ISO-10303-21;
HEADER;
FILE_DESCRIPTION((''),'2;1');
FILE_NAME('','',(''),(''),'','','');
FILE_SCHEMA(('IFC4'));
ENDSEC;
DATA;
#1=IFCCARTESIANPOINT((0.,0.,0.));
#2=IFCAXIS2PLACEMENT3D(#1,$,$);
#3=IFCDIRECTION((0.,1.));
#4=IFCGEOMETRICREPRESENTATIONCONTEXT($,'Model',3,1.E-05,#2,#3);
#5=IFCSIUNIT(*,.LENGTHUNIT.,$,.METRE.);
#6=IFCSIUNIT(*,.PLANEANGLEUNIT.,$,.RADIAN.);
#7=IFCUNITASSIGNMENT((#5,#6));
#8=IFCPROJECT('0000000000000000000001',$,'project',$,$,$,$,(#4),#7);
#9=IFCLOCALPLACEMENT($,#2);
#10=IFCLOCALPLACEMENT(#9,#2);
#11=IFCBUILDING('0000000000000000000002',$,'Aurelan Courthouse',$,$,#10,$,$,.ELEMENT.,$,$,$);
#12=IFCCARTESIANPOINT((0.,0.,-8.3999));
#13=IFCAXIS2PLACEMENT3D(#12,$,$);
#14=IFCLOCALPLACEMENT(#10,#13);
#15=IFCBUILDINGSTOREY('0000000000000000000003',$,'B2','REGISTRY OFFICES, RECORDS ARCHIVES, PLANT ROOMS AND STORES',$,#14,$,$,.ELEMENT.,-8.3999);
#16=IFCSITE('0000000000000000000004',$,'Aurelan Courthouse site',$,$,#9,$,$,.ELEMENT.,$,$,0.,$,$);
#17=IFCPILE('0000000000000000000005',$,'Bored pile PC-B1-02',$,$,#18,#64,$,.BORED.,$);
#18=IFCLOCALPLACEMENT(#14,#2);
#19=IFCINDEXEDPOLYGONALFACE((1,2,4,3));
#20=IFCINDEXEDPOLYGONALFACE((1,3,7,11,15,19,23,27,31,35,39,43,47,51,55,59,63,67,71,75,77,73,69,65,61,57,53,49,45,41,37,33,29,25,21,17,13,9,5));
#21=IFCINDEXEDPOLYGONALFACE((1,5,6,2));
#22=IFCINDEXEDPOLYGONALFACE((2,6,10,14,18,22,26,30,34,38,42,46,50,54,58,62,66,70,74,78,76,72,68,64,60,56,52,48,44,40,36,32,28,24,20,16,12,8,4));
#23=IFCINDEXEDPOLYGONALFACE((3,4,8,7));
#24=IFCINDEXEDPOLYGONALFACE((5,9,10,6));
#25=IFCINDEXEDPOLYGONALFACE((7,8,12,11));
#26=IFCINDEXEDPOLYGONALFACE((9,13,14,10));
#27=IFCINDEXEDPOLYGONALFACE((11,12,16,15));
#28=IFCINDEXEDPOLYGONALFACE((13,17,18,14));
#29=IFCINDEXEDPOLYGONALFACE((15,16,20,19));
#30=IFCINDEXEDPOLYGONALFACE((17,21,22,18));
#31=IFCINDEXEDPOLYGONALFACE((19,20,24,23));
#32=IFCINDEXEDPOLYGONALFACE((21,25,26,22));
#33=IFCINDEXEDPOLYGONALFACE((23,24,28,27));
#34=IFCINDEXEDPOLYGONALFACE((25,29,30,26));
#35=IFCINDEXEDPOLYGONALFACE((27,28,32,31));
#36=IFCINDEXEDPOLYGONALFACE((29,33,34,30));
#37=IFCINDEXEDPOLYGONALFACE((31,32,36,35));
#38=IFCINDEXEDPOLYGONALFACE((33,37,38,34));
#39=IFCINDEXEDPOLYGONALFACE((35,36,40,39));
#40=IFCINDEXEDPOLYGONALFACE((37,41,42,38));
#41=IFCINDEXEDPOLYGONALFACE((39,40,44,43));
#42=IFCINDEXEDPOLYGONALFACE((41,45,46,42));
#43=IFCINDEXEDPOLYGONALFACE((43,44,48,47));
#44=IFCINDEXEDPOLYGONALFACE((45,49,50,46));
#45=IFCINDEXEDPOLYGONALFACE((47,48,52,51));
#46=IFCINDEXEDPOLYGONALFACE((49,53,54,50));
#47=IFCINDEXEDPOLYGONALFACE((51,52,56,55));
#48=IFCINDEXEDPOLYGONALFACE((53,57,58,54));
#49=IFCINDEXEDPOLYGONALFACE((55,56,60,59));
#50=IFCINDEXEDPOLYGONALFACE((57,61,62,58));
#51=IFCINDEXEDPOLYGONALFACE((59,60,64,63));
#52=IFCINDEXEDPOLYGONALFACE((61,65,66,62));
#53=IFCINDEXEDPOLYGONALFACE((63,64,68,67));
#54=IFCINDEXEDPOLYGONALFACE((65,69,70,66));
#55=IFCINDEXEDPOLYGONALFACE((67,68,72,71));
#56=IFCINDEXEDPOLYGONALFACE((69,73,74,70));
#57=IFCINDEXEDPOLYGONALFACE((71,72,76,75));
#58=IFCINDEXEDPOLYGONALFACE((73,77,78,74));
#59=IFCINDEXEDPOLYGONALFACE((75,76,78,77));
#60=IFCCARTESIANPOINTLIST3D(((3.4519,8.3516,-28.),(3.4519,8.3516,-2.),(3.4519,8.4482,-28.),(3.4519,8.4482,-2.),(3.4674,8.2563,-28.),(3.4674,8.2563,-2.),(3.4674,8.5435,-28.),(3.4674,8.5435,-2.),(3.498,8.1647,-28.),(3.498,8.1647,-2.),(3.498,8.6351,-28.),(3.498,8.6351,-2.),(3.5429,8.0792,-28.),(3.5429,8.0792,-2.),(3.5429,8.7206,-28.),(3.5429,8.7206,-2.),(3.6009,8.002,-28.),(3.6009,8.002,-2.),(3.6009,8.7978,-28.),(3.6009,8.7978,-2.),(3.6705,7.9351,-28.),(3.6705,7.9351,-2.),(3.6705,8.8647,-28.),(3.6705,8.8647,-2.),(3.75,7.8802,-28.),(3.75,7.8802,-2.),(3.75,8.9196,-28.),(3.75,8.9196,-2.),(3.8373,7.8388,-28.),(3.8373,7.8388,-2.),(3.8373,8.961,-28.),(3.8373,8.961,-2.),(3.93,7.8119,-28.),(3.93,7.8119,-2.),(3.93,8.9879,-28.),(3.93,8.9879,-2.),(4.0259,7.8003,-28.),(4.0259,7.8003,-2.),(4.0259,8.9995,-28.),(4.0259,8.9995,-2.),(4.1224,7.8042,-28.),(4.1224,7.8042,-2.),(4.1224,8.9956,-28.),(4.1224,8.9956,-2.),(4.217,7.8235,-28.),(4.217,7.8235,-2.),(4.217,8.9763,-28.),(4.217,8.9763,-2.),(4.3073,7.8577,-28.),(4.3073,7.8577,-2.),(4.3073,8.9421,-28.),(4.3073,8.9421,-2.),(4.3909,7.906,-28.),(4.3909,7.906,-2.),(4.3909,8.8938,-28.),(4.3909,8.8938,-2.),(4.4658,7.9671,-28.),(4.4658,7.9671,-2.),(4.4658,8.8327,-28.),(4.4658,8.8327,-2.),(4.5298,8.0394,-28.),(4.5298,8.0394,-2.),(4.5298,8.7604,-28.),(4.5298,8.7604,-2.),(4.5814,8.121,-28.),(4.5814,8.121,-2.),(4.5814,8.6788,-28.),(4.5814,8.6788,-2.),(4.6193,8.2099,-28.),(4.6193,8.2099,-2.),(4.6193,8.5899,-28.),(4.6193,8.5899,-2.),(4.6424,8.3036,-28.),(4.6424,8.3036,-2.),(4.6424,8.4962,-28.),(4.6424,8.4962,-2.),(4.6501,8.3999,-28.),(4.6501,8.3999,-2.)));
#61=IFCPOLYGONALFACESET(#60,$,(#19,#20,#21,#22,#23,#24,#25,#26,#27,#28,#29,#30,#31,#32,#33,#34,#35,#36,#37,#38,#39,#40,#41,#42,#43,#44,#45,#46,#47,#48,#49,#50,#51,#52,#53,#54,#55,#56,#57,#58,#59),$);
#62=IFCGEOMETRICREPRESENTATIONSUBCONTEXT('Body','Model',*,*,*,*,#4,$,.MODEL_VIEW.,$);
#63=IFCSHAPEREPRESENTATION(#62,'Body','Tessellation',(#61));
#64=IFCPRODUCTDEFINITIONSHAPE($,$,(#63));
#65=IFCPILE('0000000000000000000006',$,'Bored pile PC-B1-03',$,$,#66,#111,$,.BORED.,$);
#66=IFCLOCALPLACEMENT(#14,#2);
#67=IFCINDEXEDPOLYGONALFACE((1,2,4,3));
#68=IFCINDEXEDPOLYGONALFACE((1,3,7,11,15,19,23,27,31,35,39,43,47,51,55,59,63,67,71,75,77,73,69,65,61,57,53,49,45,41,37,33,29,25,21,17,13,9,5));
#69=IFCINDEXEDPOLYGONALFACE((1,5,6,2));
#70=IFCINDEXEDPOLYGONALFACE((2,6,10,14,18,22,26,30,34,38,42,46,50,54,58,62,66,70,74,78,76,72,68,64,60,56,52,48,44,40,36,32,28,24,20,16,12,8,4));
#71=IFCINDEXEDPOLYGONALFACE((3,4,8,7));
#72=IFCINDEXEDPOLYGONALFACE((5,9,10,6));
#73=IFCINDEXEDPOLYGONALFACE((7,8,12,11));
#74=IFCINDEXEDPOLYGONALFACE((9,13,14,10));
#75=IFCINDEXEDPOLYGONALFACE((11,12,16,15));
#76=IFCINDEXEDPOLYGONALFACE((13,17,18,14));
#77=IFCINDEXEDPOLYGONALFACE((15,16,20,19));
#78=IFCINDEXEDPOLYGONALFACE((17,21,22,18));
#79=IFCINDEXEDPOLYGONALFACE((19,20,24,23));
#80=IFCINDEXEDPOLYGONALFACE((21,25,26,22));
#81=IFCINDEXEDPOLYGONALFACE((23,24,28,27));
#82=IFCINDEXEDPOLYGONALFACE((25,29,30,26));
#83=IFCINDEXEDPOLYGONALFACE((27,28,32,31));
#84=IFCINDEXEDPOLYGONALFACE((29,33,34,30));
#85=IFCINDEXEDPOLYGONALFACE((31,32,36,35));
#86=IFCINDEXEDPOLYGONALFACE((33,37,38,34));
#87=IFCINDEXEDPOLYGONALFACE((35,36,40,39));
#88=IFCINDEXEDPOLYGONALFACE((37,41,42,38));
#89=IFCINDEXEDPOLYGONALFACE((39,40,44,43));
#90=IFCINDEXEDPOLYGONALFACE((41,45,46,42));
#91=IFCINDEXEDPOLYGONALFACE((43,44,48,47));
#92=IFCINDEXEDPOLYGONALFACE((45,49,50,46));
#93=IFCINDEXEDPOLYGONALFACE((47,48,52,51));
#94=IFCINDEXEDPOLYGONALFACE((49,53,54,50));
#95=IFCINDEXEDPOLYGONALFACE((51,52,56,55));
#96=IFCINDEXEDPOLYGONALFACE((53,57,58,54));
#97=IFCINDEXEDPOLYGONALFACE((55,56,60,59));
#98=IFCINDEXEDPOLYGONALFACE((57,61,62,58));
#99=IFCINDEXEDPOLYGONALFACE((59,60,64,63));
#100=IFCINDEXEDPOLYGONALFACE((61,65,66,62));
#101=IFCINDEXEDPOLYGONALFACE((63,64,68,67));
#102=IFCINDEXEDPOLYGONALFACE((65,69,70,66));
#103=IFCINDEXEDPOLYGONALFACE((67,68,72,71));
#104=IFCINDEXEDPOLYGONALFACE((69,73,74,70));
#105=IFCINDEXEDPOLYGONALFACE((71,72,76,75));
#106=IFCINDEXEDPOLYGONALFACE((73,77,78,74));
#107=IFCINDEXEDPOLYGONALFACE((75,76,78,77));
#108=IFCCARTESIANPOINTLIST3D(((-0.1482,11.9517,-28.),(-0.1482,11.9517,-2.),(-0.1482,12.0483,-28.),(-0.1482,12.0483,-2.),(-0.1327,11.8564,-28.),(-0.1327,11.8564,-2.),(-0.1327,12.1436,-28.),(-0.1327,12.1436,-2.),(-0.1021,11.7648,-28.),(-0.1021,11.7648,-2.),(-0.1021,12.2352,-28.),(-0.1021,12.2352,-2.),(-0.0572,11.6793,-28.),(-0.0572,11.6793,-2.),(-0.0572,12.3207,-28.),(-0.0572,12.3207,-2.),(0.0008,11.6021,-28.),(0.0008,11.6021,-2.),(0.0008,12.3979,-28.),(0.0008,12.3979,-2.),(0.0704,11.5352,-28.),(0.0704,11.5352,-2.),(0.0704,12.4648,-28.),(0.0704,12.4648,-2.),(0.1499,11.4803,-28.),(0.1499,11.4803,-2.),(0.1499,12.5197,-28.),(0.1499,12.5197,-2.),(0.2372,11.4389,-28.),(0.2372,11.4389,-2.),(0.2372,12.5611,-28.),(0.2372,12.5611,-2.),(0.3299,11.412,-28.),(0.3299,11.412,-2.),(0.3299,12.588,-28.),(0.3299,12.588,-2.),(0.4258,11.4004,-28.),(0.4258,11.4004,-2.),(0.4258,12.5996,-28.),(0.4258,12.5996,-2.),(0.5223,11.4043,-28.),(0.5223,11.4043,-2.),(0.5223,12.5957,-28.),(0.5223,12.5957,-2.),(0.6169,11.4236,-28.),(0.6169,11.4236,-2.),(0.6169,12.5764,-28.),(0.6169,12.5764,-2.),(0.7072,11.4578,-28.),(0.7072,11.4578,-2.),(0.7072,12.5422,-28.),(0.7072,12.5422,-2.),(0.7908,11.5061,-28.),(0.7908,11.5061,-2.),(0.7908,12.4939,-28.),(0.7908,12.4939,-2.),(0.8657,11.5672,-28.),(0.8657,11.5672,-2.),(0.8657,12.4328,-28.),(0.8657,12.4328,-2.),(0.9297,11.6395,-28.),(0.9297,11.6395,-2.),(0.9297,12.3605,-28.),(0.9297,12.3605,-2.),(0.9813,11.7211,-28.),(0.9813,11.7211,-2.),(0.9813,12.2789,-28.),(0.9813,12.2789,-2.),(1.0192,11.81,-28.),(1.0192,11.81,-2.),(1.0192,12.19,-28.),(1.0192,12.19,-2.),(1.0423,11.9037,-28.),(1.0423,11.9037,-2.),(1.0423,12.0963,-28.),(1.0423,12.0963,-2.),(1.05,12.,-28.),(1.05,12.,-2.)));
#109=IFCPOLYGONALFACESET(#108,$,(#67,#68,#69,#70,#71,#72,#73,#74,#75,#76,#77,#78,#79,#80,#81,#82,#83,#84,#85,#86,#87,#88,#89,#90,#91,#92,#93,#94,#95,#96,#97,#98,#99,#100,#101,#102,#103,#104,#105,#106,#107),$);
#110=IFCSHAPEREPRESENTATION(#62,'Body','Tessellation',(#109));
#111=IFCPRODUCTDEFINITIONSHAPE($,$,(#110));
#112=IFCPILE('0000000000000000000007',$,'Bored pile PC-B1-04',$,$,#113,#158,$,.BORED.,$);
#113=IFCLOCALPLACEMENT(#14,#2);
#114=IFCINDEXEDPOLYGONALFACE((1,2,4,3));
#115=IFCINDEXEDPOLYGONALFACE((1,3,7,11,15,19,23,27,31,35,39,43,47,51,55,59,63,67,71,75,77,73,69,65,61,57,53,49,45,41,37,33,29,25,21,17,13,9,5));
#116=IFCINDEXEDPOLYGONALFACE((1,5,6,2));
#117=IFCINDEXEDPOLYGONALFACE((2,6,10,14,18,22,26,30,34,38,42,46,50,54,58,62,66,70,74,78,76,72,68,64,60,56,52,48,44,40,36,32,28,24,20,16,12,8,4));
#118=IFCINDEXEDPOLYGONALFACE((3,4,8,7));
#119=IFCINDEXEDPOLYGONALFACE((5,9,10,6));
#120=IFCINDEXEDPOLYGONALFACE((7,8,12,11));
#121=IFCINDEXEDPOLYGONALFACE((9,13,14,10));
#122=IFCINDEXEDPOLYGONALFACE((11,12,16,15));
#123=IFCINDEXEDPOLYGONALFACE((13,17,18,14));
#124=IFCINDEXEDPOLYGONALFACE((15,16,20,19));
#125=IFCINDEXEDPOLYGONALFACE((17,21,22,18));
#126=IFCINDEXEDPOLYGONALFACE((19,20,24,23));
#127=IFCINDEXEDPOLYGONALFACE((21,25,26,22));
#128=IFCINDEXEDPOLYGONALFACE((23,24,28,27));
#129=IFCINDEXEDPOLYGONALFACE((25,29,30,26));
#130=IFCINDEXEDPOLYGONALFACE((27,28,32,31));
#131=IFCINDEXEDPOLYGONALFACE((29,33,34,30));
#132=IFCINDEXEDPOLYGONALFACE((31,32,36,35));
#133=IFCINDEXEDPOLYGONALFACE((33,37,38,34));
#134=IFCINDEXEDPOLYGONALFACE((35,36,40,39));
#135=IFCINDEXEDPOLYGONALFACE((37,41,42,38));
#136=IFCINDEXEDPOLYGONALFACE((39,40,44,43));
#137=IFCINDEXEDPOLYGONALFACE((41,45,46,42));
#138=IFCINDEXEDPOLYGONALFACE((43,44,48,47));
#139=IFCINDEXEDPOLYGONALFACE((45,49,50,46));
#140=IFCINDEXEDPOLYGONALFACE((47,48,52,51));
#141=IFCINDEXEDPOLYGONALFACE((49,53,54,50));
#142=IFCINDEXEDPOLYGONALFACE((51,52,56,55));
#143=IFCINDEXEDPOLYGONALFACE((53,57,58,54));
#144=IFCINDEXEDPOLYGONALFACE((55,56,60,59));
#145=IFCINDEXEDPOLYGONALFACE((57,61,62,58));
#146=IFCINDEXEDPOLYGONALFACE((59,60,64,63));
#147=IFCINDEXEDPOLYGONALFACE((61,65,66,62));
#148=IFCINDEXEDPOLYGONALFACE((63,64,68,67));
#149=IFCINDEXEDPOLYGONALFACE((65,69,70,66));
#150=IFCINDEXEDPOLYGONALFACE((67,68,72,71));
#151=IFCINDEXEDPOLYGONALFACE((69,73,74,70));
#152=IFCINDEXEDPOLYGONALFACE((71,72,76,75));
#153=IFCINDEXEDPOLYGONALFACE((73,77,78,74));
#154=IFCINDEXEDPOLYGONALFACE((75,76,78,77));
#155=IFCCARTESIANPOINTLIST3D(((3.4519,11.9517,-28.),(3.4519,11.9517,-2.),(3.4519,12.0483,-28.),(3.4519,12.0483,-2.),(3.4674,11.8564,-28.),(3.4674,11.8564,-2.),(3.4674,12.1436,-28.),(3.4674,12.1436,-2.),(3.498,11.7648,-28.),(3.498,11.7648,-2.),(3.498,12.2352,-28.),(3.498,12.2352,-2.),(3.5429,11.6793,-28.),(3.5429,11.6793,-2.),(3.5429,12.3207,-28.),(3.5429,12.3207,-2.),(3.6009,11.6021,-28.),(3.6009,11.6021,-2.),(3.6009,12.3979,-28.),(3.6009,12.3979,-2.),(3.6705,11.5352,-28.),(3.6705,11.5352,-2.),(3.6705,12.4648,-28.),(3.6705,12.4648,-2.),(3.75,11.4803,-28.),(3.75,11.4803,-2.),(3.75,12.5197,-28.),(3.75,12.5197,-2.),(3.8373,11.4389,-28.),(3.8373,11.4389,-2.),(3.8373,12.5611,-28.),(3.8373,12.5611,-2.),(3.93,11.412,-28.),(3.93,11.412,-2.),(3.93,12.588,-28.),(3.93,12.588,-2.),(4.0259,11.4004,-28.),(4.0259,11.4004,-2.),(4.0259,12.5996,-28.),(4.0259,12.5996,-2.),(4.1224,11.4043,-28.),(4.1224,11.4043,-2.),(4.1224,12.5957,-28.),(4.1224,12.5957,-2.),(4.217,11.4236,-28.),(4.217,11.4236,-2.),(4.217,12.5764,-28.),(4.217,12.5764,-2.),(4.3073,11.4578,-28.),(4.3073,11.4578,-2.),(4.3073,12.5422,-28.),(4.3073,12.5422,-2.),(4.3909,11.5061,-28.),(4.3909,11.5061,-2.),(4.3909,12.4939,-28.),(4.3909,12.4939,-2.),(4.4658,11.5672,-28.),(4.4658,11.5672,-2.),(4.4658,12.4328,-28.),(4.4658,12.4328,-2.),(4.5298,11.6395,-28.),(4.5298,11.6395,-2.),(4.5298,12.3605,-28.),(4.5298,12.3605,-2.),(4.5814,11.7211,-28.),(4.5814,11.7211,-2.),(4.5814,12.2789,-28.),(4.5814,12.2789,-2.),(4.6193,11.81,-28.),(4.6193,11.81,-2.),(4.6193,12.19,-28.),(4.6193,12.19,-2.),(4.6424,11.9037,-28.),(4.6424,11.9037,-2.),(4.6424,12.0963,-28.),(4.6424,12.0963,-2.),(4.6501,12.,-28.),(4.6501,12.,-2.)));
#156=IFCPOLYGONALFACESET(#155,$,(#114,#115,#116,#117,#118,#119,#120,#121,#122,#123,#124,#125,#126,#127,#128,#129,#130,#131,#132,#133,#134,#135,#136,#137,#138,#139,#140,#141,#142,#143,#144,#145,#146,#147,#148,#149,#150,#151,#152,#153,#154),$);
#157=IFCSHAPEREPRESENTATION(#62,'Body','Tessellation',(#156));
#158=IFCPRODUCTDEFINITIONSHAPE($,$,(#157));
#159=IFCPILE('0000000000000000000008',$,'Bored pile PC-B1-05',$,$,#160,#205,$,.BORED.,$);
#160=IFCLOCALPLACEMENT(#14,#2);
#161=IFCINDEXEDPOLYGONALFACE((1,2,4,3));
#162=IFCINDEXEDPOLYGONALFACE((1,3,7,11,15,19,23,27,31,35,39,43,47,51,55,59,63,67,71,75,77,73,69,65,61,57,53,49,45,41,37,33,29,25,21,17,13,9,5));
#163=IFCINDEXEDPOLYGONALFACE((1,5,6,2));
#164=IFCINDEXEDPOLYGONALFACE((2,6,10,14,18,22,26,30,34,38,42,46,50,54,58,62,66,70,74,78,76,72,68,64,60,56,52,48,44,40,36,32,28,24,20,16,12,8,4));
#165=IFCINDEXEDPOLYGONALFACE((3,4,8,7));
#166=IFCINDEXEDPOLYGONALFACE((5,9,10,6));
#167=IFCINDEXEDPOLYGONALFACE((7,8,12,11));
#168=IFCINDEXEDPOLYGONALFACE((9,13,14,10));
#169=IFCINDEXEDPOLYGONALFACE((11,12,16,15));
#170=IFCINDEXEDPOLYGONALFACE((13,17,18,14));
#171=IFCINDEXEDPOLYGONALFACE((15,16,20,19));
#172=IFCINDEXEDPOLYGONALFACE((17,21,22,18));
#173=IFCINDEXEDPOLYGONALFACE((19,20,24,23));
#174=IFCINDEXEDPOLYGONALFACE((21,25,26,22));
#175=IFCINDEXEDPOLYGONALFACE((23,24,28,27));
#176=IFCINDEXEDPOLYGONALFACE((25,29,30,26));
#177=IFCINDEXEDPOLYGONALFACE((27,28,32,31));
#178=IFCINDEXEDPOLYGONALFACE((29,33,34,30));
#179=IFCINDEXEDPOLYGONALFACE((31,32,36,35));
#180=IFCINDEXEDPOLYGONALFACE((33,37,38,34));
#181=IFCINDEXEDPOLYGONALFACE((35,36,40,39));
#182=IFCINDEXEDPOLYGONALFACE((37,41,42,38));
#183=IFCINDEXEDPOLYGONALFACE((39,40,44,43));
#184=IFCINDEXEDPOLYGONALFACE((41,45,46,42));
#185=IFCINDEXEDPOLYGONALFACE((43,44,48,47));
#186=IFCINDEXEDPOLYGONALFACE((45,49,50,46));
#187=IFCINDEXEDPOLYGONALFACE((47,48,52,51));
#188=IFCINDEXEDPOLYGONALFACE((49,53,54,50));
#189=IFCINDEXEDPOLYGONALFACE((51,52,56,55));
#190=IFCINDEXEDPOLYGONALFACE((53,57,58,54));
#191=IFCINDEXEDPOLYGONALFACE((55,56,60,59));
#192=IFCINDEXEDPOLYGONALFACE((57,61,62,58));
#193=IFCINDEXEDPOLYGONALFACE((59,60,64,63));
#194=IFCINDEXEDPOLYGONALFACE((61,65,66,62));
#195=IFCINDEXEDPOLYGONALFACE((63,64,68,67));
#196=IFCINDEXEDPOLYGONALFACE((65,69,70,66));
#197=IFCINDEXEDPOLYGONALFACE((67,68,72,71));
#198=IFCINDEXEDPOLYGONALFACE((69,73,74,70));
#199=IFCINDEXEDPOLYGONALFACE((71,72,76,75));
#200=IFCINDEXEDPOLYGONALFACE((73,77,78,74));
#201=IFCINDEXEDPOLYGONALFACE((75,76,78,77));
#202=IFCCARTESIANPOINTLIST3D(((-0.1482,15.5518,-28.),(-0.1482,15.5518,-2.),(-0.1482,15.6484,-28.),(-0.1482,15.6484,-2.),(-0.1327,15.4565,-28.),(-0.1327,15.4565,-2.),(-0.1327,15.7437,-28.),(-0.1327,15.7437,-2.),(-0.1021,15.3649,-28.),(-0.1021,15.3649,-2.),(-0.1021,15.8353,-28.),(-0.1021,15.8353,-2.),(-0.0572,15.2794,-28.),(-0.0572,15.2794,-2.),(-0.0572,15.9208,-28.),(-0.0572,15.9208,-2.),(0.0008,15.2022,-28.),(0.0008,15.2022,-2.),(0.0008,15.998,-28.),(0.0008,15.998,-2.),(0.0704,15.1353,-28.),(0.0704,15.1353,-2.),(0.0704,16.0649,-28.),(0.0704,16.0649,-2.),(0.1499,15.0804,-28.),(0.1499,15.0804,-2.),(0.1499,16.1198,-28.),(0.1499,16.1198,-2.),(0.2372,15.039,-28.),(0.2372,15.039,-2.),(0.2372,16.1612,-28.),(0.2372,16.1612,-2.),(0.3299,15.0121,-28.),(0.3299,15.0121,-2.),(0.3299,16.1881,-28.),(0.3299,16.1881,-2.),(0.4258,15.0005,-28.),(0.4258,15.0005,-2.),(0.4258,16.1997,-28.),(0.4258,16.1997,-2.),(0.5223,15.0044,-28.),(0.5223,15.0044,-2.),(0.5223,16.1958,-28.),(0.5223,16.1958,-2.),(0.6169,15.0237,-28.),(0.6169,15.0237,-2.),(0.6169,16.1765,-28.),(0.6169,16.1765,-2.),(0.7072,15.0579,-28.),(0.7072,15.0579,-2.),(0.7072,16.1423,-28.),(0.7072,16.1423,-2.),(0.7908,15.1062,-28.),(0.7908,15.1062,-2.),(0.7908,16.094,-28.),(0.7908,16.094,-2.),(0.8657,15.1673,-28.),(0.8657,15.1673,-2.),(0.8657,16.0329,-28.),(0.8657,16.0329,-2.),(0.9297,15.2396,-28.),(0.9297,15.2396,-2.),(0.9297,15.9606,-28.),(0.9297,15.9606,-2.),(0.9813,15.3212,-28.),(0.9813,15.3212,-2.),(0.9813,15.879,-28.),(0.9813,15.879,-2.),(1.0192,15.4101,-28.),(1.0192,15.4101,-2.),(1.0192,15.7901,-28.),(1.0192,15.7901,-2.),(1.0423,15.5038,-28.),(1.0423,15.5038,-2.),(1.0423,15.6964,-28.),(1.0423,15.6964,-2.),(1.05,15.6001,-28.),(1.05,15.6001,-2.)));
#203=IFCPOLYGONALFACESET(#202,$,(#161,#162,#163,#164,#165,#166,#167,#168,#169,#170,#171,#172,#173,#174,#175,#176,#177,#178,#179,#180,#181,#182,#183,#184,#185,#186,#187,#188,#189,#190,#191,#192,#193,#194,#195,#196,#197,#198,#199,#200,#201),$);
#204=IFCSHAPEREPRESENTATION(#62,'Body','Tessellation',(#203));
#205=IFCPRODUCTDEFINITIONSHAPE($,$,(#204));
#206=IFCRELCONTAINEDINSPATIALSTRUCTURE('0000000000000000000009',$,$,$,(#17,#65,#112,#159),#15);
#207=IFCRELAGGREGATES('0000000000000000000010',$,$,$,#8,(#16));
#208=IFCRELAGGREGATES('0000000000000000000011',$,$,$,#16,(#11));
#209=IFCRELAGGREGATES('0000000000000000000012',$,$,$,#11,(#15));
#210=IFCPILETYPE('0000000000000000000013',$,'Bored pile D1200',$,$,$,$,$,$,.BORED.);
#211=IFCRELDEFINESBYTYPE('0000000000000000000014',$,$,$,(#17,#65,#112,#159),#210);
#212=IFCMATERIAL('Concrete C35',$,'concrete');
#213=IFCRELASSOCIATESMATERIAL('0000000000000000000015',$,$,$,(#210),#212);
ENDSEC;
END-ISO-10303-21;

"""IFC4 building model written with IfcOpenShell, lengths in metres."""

from ifc_helpers import new_model, si_unit, direction, frame, origin, origin_2d, place, context, subcontext, project, spatial, circle, extrude, material, material_profile, profile_set, type_object, element, save


model = new_model("IFC4")

# Units and contexts
model_context = context("Model", 3, precision=1e-05, world=origin(), true_north=direction((0.0, 1.0)))
body_context = subcontext(model_context, "Body", "Model", "MODEL_VIEW")
ifc_project = project(units=[si_unit("LENGTHUNIT", "METRE"), si_unit("PLANEANGLEUNIT", "RADIAN")], contexts=[model_context])

# Site, building, storey
site_placement = place(None, origin())
site = spatial("IfcSite", under=ifc_project, at=site_placement, Name="Aurelan Courthouse site", CompositionType="ELEMENT", RefElevation=0.0)
building_placement = place(site_placement, origin())
building = spatial("IfcBuilding", under=site, at=building_placement, Name="Aurelan Courthouse", CompositionType="ELEMENT")
storey_placement = place(building_placement, frame((0.0, 0.0, -8.3999)))
storey = spatial("IfcBuildingStorey", under=building, at=storey_placement, Name="B2", Description="REGISTRY OFFICES, RECORDS ARCHIVES, PLANT ROOMS AND STORES", CompositionType="ELEMENT", Elevation=-8.3999)

# Piles
ifc_material_1 = material(Name="Concrete C35", Category="concrete")
ifc_material_profile_1 = material_profile(ifc_material_1, circle(Radius=0.6001, at=origin_2d()), Name="D1200")
ifc_profile_set_1 = profile_set([ifc_material_profile_1], Name="Concrete C35")
pile_type = type_object("IfcPileType", Name="Bored pile D1200", PredefinedType="BORED", material=ifc_profile_set_1)
for number, where, z_axis, x_axis, name in (
    (1, (4.05, 8.3999, -2.0), (0.0, 0.0, -1.0), (1.0, 0.0, 0.0), "Bored pile PC-B1-02"),
    (2, (0.45, 12.0, -2.0), (0.0, 0.0, -1.0), (1.0, 0.0, 0.0), "Bored pile PC-B1-03"),
    (3, (4.05, 12.0, -2.0), (0.0, 0.0, -1.0), (1.0, 0.0, 0.0), "Bored pile PC-B1-04"),
    (4, (0.45, 15.6001, -2.0), (0.0, 0.0, -1.0), (1.0, 0.0, 0.0), "Bored pile PC-B1-05"),
):
    element("IfcPile", number, at=place(storey_placement, frame(where, z_axis=z_axis, x_axis=x_axis)), inside=storey, type_object=pile_type, Name=name, PredefinedType="BORED", context=body_context, shape_type="SweptSolid", body=[
        extrude(circle(Radius=0.6001, at=origin_2d()), origin(), (0.0, 0.0, 1.0), 26.0),
    ])

save(model, "model.ifc")
